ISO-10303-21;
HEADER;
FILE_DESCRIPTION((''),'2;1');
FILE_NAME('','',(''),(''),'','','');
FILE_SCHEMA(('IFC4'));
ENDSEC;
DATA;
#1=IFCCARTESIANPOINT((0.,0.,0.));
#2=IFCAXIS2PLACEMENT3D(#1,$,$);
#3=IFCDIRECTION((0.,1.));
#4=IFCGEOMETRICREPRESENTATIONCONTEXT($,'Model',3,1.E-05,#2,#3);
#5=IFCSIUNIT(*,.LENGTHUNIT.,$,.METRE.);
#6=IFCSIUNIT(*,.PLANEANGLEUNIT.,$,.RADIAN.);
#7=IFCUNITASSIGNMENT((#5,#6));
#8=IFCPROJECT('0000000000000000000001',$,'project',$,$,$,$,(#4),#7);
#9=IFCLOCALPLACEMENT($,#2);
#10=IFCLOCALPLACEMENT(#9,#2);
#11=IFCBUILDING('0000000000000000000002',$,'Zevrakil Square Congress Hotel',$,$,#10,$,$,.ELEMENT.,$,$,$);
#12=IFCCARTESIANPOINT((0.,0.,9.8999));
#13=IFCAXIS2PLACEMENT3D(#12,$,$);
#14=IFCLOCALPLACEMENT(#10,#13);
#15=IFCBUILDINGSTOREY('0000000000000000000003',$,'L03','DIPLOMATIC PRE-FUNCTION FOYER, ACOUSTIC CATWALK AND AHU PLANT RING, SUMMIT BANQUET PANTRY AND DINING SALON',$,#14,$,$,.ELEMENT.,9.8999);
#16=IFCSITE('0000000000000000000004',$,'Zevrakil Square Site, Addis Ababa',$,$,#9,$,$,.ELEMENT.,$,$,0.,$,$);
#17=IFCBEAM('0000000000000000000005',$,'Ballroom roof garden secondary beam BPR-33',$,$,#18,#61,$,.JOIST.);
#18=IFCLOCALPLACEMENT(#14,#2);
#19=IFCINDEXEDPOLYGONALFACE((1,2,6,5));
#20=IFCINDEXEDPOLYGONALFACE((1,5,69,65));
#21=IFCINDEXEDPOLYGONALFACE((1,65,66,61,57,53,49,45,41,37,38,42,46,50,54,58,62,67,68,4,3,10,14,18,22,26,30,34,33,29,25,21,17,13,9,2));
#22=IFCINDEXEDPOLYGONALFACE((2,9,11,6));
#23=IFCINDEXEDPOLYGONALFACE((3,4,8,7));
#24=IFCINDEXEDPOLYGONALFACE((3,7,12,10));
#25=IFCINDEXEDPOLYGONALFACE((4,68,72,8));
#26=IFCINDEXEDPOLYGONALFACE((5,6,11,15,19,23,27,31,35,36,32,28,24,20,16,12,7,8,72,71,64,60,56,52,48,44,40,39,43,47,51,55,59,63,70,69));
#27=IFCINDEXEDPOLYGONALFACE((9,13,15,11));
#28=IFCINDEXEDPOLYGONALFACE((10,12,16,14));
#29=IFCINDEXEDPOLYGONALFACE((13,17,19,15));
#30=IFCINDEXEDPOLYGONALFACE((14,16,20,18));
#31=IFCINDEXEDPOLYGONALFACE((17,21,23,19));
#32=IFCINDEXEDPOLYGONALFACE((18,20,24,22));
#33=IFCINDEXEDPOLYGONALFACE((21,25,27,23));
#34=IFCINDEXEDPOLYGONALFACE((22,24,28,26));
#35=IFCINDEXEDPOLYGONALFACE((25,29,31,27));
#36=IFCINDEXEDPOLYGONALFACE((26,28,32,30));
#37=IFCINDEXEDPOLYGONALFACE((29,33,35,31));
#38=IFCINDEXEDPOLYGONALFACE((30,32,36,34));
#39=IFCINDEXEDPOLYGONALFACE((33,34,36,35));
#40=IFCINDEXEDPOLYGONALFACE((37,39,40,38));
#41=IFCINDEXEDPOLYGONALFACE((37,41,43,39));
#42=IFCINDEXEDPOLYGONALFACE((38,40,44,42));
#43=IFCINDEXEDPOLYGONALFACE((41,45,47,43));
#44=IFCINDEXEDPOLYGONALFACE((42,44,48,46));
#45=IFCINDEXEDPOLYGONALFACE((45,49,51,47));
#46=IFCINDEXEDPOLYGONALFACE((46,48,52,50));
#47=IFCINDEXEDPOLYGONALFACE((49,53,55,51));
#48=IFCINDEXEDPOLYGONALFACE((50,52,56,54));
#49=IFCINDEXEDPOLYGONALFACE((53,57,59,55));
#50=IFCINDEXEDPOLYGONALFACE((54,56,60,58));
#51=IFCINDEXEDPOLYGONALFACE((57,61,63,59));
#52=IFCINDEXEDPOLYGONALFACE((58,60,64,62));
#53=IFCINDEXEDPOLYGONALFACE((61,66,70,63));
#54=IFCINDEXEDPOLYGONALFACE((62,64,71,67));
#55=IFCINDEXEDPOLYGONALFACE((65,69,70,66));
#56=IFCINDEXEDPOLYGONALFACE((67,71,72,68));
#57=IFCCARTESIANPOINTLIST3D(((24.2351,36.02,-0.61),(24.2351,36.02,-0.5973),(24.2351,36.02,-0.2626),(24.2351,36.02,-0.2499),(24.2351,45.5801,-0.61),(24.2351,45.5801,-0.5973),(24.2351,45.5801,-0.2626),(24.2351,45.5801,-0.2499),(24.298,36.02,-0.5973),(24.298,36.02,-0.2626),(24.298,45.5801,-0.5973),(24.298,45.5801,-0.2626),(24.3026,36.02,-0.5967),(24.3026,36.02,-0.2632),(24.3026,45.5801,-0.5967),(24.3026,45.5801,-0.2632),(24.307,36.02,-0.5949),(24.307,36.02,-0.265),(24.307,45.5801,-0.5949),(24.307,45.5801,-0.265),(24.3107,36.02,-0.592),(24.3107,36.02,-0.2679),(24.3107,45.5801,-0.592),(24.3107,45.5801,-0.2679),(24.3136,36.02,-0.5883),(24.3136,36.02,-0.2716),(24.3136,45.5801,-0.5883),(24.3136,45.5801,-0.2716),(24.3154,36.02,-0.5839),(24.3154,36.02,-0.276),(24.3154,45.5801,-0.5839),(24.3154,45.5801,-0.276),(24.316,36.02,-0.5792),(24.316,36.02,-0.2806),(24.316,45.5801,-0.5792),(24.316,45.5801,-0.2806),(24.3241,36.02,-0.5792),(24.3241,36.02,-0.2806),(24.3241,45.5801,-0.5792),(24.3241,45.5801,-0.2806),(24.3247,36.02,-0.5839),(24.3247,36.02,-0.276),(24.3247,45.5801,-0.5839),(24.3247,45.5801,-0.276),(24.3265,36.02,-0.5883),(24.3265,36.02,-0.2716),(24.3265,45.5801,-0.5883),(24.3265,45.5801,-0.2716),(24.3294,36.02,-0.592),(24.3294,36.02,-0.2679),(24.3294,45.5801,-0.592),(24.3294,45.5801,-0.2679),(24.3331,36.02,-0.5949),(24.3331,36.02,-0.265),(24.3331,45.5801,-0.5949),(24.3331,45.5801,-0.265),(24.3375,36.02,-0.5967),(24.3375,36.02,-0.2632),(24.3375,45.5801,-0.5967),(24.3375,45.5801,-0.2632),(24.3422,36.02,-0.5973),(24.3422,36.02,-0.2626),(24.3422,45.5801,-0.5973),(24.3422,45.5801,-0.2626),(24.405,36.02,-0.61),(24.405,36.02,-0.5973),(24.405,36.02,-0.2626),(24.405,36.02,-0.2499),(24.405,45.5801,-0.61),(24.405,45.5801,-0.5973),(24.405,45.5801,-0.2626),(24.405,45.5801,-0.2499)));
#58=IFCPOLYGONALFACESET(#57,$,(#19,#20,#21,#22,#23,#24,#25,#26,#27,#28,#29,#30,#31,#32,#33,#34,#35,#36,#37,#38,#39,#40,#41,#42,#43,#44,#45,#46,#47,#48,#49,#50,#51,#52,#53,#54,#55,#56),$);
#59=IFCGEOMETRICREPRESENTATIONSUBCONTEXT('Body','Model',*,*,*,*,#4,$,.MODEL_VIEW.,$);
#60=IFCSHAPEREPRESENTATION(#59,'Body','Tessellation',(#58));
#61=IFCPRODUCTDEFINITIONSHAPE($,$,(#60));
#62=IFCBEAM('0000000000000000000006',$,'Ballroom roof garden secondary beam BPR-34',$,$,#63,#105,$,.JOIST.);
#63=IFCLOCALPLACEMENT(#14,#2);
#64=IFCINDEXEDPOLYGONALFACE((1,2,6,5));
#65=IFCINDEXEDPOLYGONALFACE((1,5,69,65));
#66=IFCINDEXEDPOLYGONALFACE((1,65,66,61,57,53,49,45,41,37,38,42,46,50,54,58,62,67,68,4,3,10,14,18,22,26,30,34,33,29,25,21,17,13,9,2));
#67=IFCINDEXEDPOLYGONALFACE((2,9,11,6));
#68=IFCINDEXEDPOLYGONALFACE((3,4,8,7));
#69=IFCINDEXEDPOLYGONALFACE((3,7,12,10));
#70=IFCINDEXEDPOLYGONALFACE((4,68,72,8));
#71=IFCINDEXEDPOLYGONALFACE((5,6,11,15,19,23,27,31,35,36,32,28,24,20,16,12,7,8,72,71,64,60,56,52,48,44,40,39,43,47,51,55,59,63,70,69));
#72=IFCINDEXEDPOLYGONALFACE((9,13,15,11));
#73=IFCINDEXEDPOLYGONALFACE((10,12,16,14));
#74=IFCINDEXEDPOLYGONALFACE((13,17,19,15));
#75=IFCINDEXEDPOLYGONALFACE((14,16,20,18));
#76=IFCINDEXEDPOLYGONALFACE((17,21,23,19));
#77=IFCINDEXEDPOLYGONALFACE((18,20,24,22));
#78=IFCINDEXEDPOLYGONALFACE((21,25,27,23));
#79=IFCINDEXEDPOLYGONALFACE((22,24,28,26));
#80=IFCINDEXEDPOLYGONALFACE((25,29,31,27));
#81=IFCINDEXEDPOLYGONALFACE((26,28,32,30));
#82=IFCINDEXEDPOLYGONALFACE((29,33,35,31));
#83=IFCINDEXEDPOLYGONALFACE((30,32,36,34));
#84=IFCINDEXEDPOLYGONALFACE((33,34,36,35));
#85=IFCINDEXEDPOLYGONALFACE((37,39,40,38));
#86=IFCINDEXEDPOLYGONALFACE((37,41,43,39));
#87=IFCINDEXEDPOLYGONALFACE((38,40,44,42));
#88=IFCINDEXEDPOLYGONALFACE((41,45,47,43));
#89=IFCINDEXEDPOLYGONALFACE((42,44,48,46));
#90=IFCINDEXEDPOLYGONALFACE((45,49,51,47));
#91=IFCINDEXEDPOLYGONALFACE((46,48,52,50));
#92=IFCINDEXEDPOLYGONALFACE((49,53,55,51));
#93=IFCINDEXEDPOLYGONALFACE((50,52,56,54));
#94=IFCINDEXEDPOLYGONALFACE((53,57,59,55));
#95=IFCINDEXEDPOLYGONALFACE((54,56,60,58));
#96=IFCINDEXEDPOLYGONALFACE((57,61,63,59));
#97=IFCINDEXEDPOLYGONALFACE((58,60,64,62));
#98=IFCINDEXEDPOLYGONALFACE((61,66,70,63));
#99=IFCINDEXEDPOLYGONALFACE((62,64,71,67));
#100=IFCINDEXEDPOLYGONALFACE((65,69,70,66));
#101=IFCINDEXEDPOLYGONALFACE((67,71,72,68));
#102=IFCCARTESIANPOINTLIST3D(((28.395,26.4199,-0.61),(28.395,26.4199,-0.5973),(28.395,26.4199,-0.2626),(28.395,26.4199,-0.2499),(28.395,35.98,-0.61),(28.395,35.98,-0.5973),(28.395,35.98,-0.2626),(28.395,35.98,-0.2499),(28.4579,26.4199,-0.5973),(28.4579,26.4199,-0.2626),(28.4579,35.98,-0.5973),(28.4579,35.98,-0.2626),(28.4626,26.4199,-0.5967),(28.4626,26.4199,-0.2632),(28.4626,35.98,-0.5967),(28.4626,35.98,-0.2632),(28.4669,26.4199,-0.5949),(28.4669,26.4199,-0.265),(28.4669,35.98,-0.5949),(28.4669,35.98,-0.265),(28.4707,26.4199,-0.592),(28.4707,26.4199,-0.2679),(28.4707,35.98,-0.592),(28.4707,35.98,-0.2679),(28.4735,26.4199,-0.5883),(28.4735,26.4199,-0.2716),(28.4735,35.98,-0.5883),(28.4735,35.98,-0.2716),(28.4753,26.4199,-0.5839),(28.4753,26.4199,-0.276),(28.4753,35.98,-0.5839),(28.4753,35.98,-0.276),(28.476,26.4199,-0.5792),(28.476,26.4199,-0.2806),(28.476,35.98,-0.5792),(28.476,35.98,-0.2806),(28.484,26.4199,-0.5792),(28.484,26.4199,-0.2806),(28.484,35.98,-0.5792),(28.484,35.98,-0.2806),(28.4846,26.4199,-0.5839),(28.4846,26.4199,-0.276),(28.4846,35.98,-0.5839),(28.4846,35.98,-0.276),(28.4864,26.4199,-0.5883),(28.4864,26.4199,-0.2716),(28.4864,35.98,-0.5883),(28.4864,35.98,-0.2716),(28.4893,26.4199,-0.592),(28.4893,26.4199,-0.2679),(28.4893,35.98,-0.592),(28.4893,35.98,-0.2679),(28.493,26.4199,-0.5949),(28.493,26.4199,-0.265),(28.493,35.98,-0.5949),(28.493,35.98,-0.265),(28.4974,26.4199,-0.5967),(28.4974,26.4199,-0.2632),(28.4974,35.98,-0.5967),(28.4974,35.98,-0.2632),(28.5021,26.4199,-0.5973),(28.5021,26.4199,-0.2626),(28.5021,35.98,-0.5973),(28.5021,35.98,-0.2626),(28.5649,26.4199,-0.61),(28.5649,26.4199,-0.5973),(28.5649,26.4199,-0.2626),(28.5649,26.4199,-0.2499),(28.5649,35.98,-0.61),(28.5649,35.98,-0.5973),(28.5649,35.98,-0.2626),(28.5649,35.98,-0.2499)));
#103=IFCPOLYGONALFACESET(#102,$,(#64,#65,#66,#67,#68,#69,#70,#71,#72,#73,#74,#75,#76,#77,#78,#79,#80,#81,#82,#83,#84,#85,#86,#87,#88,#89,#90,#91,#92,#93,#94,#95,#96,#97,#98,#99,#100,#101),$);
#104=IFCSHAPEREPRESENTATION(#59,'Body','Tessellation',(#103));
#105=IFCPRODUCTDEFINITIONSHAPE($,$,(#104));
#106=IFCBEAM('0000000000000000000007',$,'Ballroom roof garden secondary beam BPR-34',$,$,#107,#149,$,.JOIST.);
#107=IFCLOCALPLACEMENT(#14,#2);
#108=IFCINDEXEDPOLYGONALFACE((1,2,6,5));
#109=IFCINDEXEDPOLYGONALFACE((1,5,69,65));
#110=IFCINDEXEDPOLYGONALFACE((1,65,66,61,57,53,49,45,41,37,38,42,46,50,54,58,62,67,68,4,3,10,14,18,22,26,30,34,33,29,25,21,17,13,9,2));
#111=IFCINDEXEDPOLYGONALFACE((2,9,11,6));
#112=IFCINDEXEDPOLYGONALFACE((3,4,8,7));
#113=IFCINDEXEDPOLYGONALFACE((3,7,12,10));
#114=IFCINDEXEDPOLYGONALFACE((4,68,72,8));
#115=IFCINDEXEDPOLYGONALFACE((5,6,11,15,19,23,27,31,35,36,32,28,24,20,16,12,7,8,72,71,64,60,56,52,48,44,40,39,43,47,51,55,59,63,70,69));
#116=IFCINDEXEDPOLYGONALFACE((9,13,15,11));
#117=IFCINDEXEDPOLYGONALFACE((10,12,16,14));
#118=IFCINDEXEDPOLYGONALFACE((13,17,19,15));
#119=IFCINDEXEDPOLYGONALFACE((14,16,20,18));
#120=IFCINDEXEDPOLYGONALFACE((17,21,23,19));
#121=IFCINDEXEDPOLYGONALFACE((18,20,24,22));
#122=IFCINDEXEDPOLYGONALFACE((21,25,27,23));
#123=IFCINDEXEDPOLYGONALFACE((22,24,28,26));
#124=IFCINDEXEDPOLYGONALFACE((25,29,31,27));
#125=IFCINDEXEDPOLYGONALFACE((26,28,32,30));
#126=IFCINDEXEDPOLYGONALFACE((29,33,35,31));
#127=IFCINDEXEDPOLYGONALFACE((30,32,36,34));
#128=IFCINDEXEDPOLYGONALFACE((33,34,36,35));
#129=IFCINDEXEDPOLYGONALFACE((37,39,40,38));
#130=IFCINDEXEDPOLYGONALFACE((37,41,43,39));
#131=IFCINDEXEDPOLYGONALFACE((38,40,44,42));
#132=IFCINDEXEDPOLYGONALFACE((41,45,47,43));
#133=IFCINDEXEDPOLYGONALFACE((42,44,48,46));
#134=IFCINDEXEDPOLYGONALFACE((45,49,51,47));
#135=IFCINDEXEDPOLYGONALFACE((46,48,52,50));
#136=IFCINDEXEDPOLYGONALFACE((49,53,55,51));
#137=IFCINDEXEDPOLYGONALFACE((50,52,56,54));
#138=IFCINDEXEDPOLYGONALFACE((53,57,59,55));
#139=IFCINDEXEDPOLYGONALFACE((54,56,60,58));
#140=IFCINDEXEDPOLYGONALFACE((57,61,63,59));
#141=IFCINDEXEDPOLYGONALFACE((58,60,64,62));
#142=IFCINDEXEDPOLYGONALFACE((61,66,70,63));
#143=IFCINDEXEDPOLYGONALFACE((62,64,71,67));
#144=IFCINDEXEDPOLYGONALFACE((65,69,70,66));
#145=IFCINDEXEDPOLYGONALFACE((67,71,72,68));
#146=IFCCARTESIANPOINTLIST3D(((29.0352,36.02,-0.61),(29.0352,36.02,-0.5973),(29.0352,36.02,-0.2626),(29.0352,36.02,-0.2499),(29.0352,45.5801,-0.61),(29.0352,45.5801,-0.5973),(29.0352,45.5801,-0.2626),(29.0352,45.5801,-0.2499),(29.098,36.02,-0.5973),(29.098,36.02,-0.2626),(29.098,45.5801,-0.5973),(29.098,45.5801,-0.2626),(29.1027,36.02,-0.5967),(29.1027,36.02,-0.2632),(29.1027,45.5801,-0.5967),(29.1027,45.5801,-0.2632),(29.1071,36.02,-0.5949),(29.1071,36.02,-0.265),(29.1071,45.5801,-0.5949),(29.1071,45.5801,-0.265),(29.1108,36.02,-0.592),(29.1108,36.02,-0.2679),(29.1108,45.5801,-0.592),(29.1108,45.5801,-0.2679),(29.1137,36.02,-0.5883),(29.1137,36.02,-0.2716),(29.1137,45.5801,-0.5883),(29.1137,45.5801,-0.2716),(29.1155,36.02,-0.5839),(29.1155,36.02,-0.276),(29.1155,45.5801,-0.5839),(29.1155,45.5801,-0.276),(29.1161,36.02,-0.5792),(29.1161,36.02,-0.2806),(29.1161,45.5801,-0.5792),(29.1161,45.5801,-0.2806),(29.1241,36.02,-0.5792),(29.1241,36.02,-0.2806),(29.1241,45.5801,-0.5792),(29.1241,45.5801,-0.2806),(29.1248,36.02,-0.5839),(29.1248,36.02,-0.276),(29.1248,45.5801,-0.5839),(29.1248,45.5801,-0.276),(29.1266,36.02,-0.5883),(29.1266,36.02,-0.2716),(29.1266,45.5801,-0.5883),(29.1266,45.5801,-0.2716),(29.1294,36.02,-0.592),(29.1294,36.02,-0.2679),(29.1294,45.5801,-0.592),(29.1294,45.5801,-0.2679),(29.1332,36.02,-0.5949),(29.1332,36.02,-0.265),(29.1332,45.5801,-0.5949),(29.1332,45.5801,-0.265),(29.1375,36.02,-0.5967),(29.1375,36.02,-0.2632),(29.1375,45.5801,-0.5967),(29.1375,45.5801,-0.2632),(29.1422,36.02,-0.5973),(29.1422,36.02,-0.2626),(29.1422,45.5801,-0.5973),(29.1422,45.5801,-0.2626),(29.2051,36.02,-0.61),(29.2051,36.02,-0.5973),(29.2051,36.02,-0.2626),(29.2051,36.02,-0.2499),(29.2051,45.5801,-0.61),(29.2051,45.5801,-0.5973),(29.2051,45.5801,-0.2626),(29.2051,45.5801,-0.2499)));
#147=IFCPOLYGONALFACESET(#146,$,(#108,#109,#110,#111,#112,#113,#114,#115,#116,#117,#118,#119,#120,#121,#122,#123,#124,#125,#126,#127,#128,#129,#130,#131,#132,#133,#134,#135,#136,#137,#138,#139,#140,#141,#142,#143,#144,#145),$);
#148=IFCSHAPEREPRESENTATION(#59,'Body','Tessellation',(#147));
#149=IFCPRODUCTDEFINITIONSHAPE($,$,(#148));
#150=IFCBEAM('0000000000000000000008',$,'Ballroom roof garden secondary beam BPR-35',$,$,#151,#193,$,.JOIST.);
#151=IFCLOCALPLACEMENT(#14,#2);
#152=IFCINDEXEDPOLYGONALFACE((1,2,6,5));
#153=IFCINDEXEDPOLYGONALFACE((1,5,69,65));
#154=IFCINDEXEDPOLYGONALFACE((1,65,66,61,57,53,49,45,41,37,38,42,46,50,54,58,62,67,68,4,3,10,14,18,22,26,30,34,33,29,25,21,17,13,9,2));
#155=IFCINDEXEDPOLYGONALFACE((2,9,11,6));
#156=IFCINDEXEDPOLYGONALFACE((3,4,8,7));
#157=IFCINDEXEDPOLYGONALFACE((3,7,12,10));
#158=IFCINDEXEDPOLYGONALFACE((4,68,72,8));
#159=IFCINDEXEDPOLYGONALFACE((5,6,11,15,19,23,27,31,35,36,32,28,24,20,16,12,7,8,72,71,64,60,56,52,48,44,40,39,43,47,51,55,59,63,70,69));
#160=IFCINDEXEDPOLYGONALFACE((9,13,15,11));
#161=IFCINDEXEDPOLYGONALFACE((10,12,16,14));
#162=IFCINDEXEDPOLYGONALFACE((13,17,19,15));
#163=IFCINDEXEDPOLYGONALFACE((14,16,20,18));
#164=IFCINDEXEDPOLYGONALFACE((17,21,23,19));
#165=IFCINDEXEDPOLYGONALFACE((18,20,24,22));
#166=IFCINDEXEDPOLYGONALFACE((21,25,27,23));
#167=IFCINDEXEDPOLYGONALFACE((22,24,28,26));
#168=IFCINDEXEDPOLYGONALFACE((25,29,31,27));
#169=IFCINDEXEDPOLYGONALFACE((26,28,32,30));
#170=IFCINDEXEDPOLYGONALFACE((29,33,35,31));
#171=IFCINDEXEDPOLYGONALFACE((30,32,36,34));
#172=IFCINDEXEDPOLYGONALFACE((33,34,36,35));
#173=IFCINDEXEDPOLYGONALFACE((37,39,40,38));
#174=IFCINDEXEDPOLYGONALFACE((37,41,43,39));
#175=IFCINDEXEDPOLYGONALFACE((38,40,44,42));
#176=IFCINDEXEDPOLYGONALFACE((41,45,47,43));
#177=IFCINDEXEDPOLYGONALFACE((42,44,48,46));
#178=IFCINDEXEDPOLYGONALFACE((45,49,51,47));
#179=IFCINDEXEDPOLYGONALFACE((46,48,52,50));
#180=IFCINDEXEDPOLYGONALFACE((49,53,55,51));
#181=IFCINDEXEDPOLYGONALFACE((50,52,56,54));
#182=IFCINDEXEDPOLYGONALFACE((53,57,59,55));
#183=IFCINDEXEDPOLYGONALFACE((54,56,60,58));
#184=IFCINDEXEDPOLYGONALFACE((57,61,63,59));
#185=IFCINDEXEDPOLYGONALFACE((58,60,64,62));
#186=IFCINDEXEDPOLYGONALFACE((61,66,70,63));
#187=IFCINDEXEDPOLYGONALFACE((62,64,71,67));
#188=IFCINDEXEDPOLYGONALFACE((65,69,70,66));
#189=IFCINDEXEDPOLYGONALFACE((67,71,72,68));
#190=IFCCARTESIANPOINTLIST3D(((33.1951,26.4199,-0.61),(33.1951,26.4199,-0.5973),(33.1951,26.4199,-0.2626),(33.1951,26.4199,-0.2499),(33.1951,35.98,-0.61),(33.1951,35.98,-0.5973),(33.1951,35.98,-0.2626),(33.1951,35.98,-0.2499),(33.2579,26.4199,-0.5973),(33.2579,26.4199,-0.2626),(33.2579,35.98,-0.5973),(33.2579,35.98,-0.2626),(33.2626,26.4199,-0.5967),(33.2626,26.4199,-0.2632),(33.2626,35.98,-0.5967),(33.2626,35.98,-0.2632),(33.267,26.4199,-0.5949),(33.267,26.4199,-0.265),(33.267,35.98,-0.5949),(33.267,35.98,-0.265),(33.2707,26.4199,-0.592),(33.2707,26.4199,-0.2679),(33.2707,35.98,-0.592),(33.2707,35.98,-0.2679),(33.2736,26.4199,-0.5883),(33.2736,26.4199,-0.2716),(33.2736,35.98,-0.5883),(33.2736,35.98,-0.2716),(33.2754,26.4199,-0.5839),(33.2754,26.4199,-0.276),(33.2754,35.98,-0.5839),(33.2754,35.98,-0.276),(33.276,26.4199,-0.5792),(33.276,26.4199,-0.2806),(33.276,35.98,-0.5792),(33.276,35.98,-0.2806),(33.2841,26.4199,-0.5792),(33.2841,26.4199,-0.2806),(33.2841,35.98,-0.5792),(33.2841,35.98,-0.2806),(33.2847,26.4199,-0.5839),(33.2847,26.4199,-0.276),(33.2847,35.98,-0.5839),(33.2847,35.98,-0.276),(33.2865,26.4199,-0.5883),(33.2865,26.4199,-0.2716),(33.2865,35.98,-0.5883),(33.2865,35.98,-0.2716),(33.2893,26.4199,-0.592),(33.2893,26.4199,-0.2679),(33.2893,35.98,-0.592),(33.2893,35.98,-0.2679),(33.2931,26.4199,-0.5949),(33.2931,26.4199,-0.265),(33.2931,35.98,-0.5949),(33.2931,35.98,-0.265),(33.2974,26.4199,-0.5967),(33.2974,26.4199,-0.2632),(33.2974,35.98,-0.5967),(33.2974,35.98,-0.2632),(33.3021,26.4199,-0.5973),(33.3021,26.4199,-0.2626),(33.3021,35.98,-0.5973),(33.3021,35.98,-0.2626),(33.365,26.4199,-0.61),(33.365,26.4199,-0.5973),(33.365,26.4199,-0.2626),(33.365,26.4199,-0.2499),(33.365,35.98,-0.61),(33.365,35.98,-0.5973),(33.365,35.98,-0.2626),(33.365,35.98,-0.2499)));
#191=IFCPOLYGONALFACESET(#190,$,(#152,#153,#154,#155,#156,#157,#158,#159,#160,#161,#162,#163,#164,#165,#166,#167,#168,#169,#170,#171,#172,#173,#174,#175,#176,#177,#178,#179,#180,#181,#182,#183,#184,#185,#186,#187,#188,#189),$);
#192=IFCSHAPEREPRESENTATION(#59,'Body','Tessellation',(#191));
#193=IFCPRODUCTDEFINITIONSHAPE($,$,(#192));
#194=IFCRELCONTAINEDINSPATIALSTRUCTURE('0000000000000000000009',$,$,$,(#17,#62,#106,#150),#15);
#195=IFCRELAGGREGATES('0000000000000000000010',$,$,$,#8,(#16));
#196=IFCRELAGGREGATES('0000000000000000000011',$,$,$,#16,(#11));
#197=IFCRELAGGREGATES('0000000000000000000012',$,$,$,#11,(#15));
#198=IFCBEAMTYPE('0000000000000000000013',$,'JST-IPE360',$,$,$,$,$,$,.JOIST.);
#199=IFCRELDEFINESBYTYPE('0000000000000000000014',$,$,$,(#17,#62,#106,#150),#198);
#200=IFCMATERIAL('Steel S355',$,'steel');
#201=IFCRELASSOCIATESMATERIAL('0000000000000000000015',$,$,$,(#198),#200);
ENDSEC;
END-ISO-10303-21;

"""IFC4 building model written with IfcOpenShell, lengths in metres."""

from ifc_helpers import new_model, si_unit, direction, frame, origin, origin_2d, place, context, subcontext, project, spatial, i_section, extrude, material, material_profile, profile_set, type_object, element, save


model = new_model("IFC4")

# Units and contexts
model_context = context("Model", 3, precision=1e-05, world=origin(), true_north=direction((0.0, 1.0)))
body_context = subcontext(model_context, "Body", "Model", "MODEL_VIEW")
ifc_project = project(units=[si_unit("LENGTHUNIT", "METRE"), si_unit("PLANEANGLEUNIT", "RADIAN")], contexts=[model_context])

# Site, building, storey
site_placement = place(None, origin())
site = spatial("IfcSite", under=ifc_project, at=site_placement, Name="Zevrakil Square Site, Addis Ababa", CompositionType="ELEMENT", RefElevation=0.0)
building_placement = place(site_placement, origin())
building = spatial("IfcBuilding", under=site, at=building_placement, Name="Zevrakil Square Congress Hotel", CompositionType="ELEMENT")
storey_placement = place(building_placement, frame((0.0, 0.0, 9.8999)))
storey = spatial("IfcBuildingStorey", under=building, at=storey_placement, Name="L03", Description="DIPLOMATIC PRE-FUNCTION FOYER, ACOUSTIC CATWALK AND AHU PLANT RING, SUMMIT BANQUET PANTRY AND DINING SALON", CompositionType="ELEMENT", Elevation=9.8999)

# Beams
ifc_material_1 = material(Name="Steel S355", Category="steel")
ifc_material_profile_1 = material_profile(ifc_material_1, i_section(OverallWidth=0.1699, OverallDepth=0.3601, WebThickness=0.0081, FlangeThickness=0.0127, FilletRadius=0.0181, at=origin_2d()), Name="IPE 360")
ifc_profile_set_1 = profile_set([ifc_material_profile_1], Name="Steel S355")
beam_type_1 = type_object("IfcBeamType", Name="JST-IPE360", PredefinedType="JOIST", material=ifc_profile_set_1)
for number, where, z_axis, x_axis, name in (
    (1, (24.3201, 36.02, -0.4299), (0.0, 1.0, 0.0), (-1.0, 0.0, 0.0), "Ballroom roof garden secondary beam BPR-33"),
    (2, (28.48, 26.4199, -0.4299), (0.0, 1.0, 0.0), (-1.0, 0.0, 0.0), "Ballroom roof garden secondary beam BPR-34"),
    (3, (29.1201, 36.02, -0.4299), (0.0, 1.0, 0.0), (-1.0, 0.0, 0.0), "Ballroom roof garden secondary beam BPR-34"),
    (4, (33.28, 26.4199, -0.4299), (0.0, 1.0, 0.0), (-1.0, 0.0, 0.0), "Ballroom roof garden secondary beam BPR-35"),
):
    element("IfcBeam", number, at=place(storey_placement, frame(where, z_axis=z_axis, x_axis=x_axis)), inside=storey, type_object=beam_type_1, Name=name, PredefinedType="JOIST", context=body_context, shape_type="SweptSolid", body=[
        extrude(i_section(OverallWidth=0.1699, OverallDepth=0.3601, WebThickness=0.0081, FlangeThickness=0.0127, FilletRadius=0.0181, at=origin_2d()), origin(), (0.0, 0.0, 1.0), 9.5601),
    ])

save(model, "model.ifc")
